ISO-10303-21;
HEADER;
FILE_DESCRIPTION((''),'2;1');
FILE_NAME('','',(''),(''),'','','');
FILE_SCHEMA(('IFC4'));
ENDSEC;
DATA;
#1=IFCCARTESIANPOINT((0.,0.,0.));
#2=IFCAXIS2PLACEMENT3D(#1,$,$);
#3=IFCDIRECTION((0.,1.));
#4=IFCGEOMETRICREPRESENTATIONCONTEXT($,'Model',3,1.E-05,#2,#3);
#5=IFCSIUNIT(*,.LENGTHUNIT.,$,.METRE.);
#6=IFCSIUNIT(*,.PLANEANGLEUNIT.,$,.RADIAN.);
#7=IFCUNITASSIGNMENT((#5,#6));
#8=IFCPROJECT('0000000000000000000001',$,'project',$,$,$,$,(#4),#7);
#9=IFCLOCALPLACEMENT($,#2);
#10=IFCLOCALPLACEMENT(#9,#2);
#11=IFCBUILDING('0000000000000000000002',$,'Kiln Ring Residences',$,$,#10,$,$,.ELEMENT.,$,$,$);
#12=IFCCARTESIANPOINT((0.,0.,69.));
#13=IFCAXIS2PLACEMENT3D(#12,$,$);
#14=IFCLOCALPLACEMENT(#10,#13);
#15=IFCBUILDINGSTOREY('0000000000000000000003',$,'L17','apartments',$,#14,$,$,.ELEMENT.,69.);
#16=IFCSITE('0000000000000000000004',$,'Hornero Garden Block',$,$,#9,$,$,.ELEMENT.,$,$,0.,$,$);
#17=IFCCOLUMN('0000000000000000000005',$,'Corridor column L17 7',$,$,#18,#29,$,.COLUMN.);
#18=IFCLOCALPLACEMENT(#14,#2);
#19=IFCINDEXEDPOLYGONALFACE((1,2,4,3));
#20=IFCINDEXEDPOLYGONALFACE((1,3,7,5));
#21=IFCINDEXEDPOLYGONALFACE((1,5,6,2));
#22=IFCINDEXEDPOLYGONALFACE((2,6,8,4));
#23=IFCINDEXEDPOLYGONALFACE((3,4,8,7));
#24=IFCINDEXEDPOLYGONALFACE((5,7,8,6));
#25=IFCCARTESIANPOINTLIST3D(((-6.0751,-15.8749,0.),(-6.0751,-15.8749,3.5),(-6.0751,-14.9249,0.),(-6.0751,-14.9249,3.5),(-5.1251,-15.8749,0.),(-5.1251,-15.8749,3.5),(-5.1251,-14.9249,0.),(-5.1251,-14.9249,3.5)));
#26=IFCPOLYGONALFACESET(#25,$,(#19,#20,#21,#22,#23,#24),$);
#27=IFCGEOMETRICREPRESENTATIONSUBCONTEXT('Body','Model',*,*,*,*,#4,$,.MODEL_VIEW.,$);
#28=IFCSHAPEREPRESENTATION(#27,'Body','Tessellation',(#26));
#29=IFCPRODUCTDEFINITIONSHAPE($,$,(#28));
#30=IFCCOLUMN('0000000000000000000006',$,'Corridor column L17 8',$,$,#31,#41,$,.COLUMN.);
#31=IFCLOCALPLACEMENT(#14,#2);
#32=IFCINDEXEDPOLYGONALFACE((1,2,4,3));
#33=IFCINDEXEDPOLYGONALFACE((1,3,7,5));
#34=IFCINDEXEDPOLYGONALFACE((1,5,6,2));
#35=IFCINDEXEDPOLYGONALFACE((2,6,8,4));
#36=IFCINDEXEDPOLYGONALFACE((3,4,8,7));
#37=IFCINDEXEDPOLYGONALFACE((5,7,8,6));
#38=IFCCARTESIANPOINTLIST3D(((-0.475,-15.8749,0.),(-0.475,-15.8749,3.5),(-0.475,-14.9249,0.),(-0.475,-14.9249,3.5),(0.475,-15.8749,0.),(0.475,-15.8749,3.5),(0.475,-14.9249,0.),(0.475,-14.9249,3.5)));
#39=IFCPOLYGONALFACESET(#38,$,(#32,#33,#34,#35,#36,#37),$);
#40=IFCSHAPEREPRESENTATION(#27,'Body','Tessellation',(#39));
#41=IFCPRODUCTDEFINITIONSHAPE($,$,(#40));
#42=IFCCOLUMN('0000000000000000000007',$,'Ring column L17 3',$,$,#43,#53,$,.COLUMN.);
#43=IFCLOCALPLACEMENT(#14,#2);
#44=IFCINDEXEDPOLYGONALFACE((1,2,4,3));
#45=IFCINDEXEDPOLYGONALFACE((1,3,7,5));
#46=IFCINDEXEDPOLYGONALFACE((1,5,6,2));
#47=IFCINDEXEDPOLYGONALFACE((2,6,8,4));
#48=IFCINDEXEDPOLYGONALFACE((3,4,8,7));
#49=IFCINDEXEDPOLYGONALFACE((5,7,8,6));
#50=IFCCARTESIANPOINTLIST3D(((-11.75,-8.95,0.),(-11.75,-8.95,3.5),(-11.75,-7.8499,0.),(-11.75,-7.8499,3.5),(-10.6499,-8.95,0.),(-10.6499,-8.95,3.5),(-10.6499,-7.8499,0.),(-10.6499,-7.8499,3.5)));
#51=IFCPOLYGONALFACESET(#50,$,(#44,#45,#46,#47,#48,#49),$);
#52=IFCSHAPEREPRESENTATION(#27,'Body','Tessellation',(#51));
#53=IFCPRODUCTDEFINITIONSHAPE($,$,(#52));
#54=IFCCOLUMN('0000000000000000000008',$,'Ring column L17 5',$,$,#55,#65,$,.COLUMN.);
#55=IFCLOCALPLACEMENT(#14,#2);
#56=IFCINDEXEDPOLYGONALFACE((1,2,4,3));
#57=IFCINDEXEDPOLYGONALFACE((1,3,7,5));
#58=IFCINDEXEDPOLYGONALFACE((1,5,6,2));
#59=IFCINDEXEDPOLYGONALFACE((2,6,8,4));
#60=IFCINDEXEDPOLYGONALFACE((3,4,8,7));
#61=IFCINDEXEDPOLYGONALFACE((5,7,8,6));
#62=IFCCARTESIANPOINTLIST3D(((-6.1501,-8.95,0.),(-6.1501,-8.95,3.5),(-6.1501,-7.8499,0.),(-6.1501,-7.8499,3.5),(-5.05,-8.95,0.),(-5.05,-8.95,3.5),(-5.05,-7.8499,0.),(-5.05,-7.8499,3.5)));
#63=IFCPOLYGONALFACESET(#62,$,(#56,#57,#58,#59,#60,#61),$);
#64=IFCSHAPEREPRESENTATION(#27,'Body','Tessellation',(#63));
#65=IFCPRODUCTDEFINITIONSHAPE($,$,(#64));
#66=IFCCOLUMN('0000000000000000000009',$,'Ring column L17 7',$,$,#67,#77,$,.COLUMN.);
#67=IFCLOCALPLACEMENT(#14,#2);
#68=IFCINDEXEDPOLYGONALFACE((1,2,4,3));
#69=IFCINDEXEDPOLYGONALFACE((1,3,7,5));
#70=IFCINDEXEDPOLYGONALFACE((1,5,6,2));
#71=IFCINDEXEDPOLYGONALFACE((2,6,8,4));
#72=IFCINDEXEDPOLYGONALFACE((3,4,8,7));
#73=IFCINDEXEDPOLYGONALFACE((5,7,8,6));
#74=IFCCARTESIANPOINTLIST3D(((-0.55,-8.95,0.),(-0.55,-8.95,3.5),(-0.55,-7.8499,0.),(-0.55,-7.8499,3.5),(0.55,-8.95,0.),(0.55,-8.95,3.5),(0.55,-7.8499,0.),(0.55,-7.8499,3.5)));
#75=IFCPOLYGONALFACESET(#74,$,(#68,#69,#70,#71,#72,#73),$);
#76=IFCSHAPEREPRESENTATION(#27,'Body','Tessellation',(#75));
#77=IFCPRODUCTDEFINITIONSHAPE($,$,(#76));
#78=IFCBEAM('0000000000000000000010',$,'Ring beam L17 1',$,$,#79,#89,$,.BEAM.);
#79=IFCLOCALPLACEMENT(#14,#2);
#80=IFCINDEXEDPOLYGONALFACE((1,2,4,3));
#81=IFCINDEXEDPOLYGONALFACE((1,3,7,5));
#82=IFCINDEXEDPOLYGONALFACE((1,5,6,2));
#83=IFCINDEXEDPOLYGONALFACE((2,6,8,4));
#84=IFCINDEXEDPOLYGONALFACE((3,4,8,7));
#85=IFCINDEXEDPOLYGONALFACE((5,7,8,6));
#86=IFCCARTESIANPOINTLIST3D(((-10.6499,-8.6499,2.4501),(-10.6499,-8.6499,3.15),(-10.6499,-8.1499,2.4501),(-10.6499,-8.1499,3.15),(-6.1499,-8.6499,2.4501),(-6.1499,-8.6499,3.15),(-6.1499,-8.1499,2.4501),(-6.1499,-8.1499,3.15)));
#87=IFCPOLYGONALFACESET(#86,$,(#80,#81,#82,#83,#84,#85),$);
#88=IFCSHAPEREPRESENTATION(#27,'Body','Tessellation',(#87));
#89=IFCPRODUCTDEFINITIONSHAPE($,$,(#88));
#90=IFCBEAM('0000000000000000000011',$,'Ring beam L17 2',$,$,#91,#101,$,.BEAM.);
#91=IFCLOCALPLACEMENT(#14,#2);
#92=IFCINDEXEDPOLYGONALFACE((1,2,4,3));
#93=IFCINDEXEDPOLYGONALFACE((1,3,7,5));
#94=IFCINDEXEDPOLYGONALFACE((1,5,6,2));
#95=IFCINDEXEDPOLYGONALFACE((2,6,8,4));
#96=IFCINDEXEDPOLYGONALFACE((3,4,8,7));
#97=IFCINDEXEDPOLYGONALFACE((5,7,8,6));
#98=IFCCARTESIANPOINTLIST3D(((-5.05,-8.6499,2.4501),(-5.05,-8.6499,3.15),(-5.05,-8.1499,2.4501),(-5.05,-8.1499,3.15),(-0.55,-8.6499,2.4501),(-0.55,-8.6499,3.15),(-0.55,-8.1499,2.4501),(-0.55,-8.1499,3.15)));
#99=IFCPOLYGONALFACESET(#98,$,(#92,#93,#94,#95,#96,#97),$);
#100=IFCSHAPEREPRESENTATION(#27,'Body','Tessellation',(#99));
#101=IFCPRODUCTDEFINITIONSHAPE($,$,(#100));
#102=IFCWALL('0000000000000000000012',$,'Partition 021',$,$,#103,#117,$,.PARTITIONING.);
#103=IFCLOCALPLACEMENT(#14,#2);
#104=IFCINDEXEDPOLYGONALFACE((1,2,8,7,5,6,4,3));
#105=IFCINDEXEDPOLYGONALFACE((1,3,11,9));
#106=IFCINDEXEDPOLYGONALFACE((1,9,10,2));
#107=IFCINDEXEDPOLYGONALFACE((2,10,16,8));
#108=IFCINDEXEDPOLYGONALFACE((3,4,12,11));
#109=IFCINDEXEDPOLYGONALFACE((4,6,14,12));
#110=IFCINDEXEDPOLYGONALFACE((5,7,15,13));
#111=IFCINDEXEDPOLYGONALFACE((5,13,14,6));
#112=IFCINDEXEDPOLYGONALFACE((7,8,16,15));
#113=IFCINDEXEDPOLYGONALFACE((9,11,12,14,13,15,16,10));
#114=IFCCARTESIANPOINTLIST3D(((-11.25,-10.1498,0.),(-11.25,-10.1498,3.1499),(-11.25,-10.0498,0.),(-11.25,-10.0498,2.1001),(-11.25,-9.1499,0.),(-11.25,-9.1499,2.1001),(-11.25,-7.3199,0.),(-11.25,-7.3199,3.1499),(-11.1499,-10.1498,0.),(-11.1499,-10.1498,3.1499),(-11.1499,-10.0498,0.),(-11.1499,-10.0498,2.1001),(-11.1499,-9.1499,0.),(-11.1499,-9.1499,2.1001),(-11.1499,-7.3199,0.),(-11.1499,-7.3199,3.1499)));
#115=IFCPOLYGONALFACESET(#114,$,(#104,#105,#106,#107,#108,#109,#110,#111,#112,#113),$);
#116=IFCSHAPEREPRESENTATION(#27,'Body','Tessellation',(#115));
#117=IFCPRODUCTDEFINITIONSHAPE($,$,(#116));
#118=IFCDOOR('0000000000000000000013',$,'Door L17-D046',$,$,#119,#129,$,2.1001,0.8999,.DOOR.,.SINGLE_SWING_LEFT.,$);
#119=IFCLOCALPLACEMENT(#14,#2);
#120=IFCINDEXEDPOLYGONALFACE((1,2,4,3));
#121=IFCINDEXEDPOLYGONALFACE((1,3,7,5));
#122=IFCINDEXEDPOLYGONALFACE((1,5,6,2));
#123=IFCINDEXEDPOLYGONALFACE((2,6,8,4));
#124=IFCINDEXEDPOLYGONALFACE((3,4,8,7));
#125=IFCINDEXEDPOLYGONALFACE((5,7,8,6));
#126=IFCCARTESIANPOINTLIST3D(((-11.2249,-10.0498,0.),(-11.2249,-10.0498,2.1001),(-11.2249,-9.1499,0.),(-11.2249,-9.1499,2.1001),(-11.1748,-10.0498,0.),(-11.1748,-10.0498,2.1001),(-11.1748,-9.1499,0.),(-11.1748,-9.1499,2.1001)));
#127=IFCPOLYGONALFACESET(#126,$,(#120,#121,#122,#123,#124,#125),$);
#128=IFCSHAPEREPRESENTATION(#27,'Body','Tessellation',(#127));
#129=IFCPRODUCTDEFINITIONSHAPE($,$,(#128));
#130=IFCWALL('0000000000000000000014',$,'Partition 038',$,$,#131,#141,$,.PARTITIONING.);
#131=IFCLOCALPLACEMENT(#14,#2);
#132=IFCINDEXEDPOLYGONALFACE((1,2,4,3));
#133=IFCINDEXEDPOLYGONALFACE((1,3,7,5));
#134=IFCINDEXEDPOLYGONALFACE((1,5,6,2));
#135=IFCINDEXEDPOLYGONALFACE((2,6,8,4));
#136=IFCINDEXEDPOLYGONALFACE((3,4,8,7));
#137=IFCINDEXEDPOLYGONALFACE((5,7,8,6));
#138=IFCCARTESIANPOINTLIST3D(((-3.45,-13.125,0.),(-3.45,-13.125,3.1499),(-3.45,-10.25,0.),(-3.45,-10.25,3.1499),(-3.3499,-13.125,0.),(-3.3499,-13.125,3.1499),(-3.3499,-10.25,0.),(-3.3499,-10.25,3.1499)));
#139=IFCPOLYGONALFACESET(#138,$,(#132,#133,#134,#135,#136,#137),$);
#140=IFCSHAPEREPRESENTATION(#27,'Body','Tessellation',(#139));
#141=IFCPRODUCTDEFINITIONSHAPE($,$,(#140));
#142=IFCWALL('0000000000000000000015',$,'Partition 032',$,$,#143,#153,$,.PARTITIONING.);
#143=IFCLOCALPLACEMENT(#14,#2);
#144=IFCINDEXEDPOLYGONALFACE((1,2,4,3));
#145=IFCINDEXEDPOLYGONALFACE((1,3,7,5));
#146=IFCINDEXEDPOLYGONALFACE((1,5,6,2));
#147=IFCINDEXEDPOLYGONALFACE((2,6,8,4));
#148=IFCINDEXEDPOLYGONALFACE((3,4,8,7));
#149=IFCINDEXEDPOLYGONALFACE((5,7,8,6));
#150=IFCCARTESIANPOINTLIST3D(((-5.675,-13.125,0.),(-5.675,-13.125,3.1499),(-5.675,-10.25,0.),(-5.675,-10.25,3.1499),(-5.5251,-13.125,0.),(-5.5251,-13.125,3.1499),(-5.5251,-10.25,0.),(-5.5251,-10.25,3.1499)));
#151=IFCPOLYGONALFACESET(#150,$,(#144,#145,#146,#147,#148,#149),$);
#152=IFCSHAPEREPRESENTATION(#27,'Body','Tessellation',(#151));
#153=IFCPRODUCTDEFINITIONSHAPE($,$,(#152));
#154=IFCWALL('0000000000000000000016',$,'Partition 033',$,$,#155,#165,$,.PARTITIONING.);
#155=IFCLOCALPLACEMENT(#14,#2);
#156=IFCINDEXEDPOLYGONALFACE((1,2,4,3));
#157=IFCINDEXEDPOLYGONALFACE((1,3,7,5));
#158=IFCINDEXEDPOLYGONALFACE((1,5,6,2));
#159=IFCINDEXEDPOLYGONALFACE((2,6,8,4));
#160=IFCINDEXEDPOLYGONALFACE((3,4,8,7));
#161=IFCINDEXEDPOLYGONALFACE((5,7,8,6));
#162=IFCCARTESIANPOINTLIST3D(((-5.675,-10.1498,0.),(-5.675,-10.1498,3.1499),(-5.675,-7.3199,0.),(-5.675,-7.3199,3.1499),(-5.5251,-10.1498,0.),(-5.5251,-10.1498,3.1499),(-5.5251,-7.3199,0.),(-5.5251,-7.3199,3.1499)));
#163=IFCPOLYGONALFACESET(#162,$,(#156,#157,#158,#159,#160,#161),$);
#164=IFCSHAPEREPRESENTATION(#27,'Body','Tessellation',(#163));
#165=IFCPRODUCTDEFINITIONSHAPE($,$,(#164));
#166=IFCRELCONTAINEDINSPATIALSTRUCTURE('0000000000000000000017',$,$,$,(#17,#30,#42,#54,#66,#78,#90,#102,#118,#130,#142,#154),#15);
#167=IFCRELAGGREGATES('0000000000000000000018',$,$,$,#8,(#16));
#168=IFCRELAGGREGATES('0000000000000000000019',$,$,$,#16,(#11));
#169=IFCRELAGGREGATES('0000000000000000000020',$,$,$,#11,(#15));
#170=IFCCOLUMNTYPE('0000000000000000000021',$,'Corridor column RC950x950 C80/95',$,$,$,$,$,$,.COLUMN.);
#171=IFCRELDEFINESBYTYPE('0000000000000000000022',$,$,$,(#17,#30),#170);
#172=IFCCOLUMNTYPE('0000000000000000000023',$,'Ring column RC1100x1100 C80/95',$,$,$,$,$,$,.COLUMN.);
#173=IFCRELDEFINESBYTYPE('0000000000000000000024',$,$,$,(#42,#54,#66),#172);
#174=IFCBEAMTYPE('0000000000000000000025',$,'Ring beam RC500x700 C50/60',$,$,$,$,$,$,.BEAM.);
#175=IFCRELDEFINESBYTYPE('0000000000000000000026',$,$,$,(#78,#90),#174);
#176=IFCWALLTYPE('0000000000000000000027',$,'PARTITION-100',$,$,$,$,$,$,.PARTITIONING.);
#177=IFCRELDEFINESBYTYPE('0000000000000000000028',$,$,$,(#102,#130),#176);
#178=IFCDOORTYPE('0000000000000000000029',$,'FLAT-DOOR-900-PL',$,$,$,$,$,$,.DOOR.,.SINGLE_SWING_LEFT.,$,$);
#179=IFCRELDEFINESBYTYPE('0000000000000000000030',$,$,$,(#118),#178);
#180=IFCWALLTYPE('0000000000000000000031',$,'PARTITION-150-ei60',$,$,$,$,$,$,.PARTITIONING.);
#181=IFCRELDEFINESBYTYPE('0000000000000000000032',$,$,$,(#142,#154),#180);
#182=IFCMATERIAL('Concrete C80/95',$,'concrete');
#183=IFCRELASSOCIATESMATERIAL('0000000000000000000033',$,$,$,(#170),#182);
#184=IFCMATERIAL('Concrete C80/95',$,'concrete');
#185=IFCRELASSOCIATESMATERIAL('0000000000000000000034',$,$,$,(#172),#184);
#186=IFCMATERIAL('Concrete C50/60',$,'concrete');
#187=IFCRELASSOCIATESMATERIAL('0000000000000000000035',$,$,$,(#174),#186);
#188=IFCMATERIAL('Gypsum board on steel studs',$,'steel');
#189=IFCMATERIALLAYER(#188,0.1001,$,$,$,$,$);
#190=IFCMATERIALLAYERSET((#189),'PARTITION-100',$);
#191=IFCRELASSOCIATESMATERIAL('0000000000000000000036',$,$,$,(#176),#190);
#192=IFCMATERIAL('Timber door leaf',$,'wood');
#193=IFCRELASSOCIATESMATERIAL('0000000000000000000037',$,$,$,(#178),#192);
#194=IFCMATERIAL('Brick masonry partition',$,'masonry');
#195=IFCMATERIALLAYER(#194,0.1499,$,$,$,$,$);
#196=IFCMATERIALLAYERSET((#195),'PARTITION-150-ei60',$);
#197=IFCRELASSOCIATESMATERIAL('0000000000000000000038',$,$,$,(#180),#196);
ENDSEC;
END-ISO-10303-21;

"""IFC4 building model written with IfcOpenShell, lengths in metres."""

from ifc_helpers import new_model, si_unit, direction, frame, frame_2d, origin, origin_2d, place, context, subcontext, project, spatial, rectangle, extrude, material, layer, layer_set, material_profile, profile_set, type_object, element, fill, save


model = new_model("IFC4")

# Units and contexts
model_context = context("Model", 3, precision=1e-05, world=origin(), true_north=direction((0.0, 1.0)))
body_context = subcontext(model_context, "Body", "Model", "MODEL_VIEW")
ifc_project = project(units=[si_unit("LENGTHUNIT", "METRE"), si_unit("PLANEANGLEUNIT", "RADIAN")], contexts=[model_context])

# Site, building, storey
site_placement = place(None, origin())
site = spatial("IfcSite", under=ifc_project, at=site_placement, Name="Hornero Garden Block", CompositionType="ELEMENT", RefElevation=0.0)
building_placement = place(site_placement, origin())
building = spatial("IfcBuilding", under=site, at=building_placement, Name="Kiln Ring Residences", CompositionType="ELEMENT")
storey_placement = place(building_placement, frame((0.0, 0.0, 69.0)))
storey = spatial("IfcBuildingStorey", under=building, at=storey_placement, Name="L17", Description="apartments", CompositionType="ELEMENT", Elevation=69.0)

# Columns
ifc_material_1 = material(Name="Concrete C80/95", Category="concrete")
ifc_material_profile_1 = material_profile(ifc_material_1, rectangle(XDim=0.95, YDim=0.95, at=origin_2d()), Name="RC950x950")
ifc_profile_set_1 = profile_set([ifc_material_profile_1], Name="Concrete C80/95")
column_type_1 = type_object("IfcColumnType", Name="Corridor column RC950x950 C80/95", PredefinedType="COLUMN", material=ifc_profile_set_1)
for number, where, z_axis, x_axis, name in (
    (1, (-5.6001, -15.3999, 0.0), (0.0, 0.0, 1.0), (1.0, 0.0, 0.0), "Corridor column L17 7"),
    (2, (0.0, -15.3999, 0.0), (0.0, 0.0, 1.0), (1.0, 0.0, 0.0), "Corridor column L17 8"),
):
    element("IfcColumn", number, at=place(storey_placement, frame(where, z_axis=z_axis, x_axis=x_axis)), inside=storey, type_object=column_type_1, Name=name, PredefinedType="COLUMN", context=body_context, shape_type="SweptSolid", body=[
        extrude(rectangle(XDim=0.95, YDim=0.95, at=origin_2d()), origin(), (0.0, 0.0, 1.0), 3.5),
    ])
ifc_material_2 = material(Name="Concrete C80/95", Category="concrete")
ifc_material_profile_2 = material_profile(ifc_material_2, rectangle(XDim=1.1001, YDim=1.1001, at=origin_2d()), Name="RC1100x1100")
ifc_profile_set_2 = profile_set([ifc_material_profile_2], Name="Concrete C80/95")
column_type_2 = type_object("IfcColumnType", Name="Ring column RC1100x1100 C80/95", PredefinedType="COLUMN", material=ifc_profile_set_2)
for number, where, z_axis, x_axis, name in (
    (3, (-11.2, -8.3999, 0.0), (0.0, 0.0, 1.0), (1.0, 0.0, 0.0), "Ring column L17 3"),
    (4, (-5.6001, -8.3999, 0.0), (0.0, 0.0, 1.0), (1.0, 0.0, 0.0), "Ring column L17 5"),
    (5, (0.0, -8.3999, 0.0), (0.0, 0.0, 1.0), (1.0, 0.0, 0.0), "Ring column L17 7"),
):
    element("IfcColumn", number, at=place(storey_placement, frame(where, z_axis=z_axis, x_axis=x_axis)), inside=storey, type_object=column_type_2, Name=name, PredefinedType="COLUMN", context=body_context, shape_type="SweptSolid", body=[
        extrude(rectangle(XDim=1.1001, YDim=1.1001, at=origin_2d()), origin(), (0.0, 0.0, 1.0), 3.5),
    ])

# Beams
ifc_material_3 = material(Name="Concrete C50/60", Category="concrete")
ifc_material_profile_3 = material_profile(ifc_material_3, rectangle(XDim=0.5, YDim=0.7, at=origin_2d()), Name="RC500x700")
ifc_profile_set_3 = profile_set([ifc_material_profile_3], Name="Concrete C50/60")
beam_type = type_object("IfcBeamType", Name="Ring beam RC500x700 C50/60", PredefinedType="BEAM", material=ifc_profile_set_3)
for number, where, z_axis, x_axis, name in (
    (6, (-10.6499, -8.3999, 2.8), (1.0, 0.0, 0.0), (0.0, 1.0, 0.0), "Ring beam L17 1"),
    (7, (-5.05, -8.3999, 2.8), (1.0, 0.0, 0.0), (0.0, 1.0, 0.0), "Ring beam L17 2"),
):
    element("IfcBeam", number, at=place(storey_placement, frame(where, z_axis=z_axis, x_axis=x_axis)), inside=storey, type_object=beam_type, Name=name, PredefinedType="BEAM", context=body_context, shape_type="SweptSolid", body=[
        extrude(rectangle(XDim=0.5, YDim=0.7, at=origin_2d()), origin(), (0.0, 0.0, 1.0), 4.5),
    ])

# Wall, opening, door
ifc_material_4 = material(Name="Gypsum board on steel studs", Category="steel")
ifc_layer_1 = layer(ifc_material_4, 0.1001)
ifc_layer_set_1 = layer_set([ifc_layer_1], Name="PARTITION-100")
wall_type_1 = type_object("IfcWallType", Name="PARTITION-100", PredefinedType="PARTITIONING", material=ifc_layer_set_1)
wall_1_placement = place(storey_placement, frame((-11.2, -10.1499, 0.0), z_axis=(0.0, 0.0, 1.0), x_axis=(0.0, 1.0, 0.0)))
wall_1 = element("IfcWall", 8, at=wall_1_placement, inside=storey, type_object=wall_type_1, Name="Partition 021", PredefinedType="PARTITIONING", context=body_context, shape_type="SweptSolid", body=[
    extrude(rectangle(XDim=2.8298, YDim=0.1001, at=frame_2d((1.415, 0.0))), origin(), (0.0, 0.0, 1.0), 3.1499),
])
opening_placement = place(wall_1_placement, frame((0.1001, 0.0, 0.0)))
opening = element("IfcOpeningElement", 9, at=opening_placement, cuts=wall_1, PredefinedType="OPENING", context=body_context, shape_type="SweptSolid", body=[
    extrude(rectangle(XDim=0.8999, YDim=2.1001, at=frame_2d((0.45, 1.05))), frame((0.0, 0.0601, 0.0), z_axis=(0.0, -1.0, 0.0), x_axis=(1.0, 0.0, 0.0)), (0.0, 0.0, 1.0), 0.1201),
])
ifc_material_5 = material(Name="Timber door leaf", Category="wood")
door_type = type_object("IfcDoorType", Name="FLAT-DOOR-900-PL", OperationType="SINGLE_SWING_LEFT", PredefinedType="DOOR", material=ifc_material_5)
door_placement = place(opening_placement, origin())
door = element("IfcDoor", 10, at=door_placement, inside=storey, type_object=door_type, Name="Door L17-D046", OperationType="SINGLE_SWING_LEFT", OverallHeight=2.1001, OverallWidth=0.8999, PredefinedType="DOOR", context=body_context, shape_type="SweptSolid", body=[
    extrude(rectangle(XDim=0.8999, YDim=2.1001, at=frame_2d((0.45, 1.05))), frame((0.0, 0.0249, 0.0), z_axis=(0.0, -1.0, 0.0), x_axis=(1.0, 0.0, 0.0)), (0.0, 0.0, 1.0), 0.05),
])
fill(opening, door)

# Walls
wall_2_placement = place(storey_placement, frame((-3.3999, -13.125, 0.0), z_axis=(0.0, 0.0, 1.0), x_axis=(0.0, 1.0, 0.0)))
element("IfcWall", 11, at=wall_2_placement, inside=storey, type_object=wall_type_1, Name="Partition 038", PredefinedType="PARTITIONING", context=body_context, shape_type="SweptSolid", body=[
    extrude(rectangle(XDim=2.875, YDim=0.1001, at=frame_2d((1.4375, 0.0))), origin(), (0.0, 0.0, 1.0), 3.1499),
])
ifc_material_6 = material(Name="Brick masonry partition", Category="masonry")
ifc_layer_2 = layer(ifc_material_6, 0.1499)
ifc_layer_set_2 = layer_set([ifc_layer_2], Name="PARTITION-150-ei60")
wall_type_2 = type_object("IfcWallType", Name="PARTITION-150-ei60", PredefinedType="PARTITIONING", material=ifc_layer_set_2)
wall_3_placement = place(storey_placement, frame((-5.6001, -13.125, 0.0), z_axis=(0.0, 0.0, 1.0), x_axis=(0.0, 1.0, 0.0)))
element("IfcWall", 12, at=wall_3_placement, inside=storey, type_object=wall_type_2, Name="Partition 032", PredefinedType="PARTITIONING", context=body_context, shape_type="SweptSolid", body=[
    extrude(rectangle(XDim=2.875, YDim=0.1499, at=frame_2d((1.4375, 0.0))), origin(), (0.0, 0.0, 1.0), 3.1499),
])
wall_4_placement = place(storey_placement, frame((-5.6001, -10.1499, 0.0), z_axis=(0.0, 0.0, 1.0), x_axis=(0.0, 1.0, 0.0)))
element("IfcWall", 13, at=wall_4_placement, inside=storey, type_object=wall_type_2, Name="Partition 033", PredefinedType="PARTITIONING", context=body_context, shape_type="SweptSolid", body=[
    extrude(rectangle(XDim=2.8298, YDim=0.1499, at=frame_2d((1.415, 0.0))), origin(), (0.0, 0.0, 1.0), 3.1499),
])

save(model, "model.ifc")
